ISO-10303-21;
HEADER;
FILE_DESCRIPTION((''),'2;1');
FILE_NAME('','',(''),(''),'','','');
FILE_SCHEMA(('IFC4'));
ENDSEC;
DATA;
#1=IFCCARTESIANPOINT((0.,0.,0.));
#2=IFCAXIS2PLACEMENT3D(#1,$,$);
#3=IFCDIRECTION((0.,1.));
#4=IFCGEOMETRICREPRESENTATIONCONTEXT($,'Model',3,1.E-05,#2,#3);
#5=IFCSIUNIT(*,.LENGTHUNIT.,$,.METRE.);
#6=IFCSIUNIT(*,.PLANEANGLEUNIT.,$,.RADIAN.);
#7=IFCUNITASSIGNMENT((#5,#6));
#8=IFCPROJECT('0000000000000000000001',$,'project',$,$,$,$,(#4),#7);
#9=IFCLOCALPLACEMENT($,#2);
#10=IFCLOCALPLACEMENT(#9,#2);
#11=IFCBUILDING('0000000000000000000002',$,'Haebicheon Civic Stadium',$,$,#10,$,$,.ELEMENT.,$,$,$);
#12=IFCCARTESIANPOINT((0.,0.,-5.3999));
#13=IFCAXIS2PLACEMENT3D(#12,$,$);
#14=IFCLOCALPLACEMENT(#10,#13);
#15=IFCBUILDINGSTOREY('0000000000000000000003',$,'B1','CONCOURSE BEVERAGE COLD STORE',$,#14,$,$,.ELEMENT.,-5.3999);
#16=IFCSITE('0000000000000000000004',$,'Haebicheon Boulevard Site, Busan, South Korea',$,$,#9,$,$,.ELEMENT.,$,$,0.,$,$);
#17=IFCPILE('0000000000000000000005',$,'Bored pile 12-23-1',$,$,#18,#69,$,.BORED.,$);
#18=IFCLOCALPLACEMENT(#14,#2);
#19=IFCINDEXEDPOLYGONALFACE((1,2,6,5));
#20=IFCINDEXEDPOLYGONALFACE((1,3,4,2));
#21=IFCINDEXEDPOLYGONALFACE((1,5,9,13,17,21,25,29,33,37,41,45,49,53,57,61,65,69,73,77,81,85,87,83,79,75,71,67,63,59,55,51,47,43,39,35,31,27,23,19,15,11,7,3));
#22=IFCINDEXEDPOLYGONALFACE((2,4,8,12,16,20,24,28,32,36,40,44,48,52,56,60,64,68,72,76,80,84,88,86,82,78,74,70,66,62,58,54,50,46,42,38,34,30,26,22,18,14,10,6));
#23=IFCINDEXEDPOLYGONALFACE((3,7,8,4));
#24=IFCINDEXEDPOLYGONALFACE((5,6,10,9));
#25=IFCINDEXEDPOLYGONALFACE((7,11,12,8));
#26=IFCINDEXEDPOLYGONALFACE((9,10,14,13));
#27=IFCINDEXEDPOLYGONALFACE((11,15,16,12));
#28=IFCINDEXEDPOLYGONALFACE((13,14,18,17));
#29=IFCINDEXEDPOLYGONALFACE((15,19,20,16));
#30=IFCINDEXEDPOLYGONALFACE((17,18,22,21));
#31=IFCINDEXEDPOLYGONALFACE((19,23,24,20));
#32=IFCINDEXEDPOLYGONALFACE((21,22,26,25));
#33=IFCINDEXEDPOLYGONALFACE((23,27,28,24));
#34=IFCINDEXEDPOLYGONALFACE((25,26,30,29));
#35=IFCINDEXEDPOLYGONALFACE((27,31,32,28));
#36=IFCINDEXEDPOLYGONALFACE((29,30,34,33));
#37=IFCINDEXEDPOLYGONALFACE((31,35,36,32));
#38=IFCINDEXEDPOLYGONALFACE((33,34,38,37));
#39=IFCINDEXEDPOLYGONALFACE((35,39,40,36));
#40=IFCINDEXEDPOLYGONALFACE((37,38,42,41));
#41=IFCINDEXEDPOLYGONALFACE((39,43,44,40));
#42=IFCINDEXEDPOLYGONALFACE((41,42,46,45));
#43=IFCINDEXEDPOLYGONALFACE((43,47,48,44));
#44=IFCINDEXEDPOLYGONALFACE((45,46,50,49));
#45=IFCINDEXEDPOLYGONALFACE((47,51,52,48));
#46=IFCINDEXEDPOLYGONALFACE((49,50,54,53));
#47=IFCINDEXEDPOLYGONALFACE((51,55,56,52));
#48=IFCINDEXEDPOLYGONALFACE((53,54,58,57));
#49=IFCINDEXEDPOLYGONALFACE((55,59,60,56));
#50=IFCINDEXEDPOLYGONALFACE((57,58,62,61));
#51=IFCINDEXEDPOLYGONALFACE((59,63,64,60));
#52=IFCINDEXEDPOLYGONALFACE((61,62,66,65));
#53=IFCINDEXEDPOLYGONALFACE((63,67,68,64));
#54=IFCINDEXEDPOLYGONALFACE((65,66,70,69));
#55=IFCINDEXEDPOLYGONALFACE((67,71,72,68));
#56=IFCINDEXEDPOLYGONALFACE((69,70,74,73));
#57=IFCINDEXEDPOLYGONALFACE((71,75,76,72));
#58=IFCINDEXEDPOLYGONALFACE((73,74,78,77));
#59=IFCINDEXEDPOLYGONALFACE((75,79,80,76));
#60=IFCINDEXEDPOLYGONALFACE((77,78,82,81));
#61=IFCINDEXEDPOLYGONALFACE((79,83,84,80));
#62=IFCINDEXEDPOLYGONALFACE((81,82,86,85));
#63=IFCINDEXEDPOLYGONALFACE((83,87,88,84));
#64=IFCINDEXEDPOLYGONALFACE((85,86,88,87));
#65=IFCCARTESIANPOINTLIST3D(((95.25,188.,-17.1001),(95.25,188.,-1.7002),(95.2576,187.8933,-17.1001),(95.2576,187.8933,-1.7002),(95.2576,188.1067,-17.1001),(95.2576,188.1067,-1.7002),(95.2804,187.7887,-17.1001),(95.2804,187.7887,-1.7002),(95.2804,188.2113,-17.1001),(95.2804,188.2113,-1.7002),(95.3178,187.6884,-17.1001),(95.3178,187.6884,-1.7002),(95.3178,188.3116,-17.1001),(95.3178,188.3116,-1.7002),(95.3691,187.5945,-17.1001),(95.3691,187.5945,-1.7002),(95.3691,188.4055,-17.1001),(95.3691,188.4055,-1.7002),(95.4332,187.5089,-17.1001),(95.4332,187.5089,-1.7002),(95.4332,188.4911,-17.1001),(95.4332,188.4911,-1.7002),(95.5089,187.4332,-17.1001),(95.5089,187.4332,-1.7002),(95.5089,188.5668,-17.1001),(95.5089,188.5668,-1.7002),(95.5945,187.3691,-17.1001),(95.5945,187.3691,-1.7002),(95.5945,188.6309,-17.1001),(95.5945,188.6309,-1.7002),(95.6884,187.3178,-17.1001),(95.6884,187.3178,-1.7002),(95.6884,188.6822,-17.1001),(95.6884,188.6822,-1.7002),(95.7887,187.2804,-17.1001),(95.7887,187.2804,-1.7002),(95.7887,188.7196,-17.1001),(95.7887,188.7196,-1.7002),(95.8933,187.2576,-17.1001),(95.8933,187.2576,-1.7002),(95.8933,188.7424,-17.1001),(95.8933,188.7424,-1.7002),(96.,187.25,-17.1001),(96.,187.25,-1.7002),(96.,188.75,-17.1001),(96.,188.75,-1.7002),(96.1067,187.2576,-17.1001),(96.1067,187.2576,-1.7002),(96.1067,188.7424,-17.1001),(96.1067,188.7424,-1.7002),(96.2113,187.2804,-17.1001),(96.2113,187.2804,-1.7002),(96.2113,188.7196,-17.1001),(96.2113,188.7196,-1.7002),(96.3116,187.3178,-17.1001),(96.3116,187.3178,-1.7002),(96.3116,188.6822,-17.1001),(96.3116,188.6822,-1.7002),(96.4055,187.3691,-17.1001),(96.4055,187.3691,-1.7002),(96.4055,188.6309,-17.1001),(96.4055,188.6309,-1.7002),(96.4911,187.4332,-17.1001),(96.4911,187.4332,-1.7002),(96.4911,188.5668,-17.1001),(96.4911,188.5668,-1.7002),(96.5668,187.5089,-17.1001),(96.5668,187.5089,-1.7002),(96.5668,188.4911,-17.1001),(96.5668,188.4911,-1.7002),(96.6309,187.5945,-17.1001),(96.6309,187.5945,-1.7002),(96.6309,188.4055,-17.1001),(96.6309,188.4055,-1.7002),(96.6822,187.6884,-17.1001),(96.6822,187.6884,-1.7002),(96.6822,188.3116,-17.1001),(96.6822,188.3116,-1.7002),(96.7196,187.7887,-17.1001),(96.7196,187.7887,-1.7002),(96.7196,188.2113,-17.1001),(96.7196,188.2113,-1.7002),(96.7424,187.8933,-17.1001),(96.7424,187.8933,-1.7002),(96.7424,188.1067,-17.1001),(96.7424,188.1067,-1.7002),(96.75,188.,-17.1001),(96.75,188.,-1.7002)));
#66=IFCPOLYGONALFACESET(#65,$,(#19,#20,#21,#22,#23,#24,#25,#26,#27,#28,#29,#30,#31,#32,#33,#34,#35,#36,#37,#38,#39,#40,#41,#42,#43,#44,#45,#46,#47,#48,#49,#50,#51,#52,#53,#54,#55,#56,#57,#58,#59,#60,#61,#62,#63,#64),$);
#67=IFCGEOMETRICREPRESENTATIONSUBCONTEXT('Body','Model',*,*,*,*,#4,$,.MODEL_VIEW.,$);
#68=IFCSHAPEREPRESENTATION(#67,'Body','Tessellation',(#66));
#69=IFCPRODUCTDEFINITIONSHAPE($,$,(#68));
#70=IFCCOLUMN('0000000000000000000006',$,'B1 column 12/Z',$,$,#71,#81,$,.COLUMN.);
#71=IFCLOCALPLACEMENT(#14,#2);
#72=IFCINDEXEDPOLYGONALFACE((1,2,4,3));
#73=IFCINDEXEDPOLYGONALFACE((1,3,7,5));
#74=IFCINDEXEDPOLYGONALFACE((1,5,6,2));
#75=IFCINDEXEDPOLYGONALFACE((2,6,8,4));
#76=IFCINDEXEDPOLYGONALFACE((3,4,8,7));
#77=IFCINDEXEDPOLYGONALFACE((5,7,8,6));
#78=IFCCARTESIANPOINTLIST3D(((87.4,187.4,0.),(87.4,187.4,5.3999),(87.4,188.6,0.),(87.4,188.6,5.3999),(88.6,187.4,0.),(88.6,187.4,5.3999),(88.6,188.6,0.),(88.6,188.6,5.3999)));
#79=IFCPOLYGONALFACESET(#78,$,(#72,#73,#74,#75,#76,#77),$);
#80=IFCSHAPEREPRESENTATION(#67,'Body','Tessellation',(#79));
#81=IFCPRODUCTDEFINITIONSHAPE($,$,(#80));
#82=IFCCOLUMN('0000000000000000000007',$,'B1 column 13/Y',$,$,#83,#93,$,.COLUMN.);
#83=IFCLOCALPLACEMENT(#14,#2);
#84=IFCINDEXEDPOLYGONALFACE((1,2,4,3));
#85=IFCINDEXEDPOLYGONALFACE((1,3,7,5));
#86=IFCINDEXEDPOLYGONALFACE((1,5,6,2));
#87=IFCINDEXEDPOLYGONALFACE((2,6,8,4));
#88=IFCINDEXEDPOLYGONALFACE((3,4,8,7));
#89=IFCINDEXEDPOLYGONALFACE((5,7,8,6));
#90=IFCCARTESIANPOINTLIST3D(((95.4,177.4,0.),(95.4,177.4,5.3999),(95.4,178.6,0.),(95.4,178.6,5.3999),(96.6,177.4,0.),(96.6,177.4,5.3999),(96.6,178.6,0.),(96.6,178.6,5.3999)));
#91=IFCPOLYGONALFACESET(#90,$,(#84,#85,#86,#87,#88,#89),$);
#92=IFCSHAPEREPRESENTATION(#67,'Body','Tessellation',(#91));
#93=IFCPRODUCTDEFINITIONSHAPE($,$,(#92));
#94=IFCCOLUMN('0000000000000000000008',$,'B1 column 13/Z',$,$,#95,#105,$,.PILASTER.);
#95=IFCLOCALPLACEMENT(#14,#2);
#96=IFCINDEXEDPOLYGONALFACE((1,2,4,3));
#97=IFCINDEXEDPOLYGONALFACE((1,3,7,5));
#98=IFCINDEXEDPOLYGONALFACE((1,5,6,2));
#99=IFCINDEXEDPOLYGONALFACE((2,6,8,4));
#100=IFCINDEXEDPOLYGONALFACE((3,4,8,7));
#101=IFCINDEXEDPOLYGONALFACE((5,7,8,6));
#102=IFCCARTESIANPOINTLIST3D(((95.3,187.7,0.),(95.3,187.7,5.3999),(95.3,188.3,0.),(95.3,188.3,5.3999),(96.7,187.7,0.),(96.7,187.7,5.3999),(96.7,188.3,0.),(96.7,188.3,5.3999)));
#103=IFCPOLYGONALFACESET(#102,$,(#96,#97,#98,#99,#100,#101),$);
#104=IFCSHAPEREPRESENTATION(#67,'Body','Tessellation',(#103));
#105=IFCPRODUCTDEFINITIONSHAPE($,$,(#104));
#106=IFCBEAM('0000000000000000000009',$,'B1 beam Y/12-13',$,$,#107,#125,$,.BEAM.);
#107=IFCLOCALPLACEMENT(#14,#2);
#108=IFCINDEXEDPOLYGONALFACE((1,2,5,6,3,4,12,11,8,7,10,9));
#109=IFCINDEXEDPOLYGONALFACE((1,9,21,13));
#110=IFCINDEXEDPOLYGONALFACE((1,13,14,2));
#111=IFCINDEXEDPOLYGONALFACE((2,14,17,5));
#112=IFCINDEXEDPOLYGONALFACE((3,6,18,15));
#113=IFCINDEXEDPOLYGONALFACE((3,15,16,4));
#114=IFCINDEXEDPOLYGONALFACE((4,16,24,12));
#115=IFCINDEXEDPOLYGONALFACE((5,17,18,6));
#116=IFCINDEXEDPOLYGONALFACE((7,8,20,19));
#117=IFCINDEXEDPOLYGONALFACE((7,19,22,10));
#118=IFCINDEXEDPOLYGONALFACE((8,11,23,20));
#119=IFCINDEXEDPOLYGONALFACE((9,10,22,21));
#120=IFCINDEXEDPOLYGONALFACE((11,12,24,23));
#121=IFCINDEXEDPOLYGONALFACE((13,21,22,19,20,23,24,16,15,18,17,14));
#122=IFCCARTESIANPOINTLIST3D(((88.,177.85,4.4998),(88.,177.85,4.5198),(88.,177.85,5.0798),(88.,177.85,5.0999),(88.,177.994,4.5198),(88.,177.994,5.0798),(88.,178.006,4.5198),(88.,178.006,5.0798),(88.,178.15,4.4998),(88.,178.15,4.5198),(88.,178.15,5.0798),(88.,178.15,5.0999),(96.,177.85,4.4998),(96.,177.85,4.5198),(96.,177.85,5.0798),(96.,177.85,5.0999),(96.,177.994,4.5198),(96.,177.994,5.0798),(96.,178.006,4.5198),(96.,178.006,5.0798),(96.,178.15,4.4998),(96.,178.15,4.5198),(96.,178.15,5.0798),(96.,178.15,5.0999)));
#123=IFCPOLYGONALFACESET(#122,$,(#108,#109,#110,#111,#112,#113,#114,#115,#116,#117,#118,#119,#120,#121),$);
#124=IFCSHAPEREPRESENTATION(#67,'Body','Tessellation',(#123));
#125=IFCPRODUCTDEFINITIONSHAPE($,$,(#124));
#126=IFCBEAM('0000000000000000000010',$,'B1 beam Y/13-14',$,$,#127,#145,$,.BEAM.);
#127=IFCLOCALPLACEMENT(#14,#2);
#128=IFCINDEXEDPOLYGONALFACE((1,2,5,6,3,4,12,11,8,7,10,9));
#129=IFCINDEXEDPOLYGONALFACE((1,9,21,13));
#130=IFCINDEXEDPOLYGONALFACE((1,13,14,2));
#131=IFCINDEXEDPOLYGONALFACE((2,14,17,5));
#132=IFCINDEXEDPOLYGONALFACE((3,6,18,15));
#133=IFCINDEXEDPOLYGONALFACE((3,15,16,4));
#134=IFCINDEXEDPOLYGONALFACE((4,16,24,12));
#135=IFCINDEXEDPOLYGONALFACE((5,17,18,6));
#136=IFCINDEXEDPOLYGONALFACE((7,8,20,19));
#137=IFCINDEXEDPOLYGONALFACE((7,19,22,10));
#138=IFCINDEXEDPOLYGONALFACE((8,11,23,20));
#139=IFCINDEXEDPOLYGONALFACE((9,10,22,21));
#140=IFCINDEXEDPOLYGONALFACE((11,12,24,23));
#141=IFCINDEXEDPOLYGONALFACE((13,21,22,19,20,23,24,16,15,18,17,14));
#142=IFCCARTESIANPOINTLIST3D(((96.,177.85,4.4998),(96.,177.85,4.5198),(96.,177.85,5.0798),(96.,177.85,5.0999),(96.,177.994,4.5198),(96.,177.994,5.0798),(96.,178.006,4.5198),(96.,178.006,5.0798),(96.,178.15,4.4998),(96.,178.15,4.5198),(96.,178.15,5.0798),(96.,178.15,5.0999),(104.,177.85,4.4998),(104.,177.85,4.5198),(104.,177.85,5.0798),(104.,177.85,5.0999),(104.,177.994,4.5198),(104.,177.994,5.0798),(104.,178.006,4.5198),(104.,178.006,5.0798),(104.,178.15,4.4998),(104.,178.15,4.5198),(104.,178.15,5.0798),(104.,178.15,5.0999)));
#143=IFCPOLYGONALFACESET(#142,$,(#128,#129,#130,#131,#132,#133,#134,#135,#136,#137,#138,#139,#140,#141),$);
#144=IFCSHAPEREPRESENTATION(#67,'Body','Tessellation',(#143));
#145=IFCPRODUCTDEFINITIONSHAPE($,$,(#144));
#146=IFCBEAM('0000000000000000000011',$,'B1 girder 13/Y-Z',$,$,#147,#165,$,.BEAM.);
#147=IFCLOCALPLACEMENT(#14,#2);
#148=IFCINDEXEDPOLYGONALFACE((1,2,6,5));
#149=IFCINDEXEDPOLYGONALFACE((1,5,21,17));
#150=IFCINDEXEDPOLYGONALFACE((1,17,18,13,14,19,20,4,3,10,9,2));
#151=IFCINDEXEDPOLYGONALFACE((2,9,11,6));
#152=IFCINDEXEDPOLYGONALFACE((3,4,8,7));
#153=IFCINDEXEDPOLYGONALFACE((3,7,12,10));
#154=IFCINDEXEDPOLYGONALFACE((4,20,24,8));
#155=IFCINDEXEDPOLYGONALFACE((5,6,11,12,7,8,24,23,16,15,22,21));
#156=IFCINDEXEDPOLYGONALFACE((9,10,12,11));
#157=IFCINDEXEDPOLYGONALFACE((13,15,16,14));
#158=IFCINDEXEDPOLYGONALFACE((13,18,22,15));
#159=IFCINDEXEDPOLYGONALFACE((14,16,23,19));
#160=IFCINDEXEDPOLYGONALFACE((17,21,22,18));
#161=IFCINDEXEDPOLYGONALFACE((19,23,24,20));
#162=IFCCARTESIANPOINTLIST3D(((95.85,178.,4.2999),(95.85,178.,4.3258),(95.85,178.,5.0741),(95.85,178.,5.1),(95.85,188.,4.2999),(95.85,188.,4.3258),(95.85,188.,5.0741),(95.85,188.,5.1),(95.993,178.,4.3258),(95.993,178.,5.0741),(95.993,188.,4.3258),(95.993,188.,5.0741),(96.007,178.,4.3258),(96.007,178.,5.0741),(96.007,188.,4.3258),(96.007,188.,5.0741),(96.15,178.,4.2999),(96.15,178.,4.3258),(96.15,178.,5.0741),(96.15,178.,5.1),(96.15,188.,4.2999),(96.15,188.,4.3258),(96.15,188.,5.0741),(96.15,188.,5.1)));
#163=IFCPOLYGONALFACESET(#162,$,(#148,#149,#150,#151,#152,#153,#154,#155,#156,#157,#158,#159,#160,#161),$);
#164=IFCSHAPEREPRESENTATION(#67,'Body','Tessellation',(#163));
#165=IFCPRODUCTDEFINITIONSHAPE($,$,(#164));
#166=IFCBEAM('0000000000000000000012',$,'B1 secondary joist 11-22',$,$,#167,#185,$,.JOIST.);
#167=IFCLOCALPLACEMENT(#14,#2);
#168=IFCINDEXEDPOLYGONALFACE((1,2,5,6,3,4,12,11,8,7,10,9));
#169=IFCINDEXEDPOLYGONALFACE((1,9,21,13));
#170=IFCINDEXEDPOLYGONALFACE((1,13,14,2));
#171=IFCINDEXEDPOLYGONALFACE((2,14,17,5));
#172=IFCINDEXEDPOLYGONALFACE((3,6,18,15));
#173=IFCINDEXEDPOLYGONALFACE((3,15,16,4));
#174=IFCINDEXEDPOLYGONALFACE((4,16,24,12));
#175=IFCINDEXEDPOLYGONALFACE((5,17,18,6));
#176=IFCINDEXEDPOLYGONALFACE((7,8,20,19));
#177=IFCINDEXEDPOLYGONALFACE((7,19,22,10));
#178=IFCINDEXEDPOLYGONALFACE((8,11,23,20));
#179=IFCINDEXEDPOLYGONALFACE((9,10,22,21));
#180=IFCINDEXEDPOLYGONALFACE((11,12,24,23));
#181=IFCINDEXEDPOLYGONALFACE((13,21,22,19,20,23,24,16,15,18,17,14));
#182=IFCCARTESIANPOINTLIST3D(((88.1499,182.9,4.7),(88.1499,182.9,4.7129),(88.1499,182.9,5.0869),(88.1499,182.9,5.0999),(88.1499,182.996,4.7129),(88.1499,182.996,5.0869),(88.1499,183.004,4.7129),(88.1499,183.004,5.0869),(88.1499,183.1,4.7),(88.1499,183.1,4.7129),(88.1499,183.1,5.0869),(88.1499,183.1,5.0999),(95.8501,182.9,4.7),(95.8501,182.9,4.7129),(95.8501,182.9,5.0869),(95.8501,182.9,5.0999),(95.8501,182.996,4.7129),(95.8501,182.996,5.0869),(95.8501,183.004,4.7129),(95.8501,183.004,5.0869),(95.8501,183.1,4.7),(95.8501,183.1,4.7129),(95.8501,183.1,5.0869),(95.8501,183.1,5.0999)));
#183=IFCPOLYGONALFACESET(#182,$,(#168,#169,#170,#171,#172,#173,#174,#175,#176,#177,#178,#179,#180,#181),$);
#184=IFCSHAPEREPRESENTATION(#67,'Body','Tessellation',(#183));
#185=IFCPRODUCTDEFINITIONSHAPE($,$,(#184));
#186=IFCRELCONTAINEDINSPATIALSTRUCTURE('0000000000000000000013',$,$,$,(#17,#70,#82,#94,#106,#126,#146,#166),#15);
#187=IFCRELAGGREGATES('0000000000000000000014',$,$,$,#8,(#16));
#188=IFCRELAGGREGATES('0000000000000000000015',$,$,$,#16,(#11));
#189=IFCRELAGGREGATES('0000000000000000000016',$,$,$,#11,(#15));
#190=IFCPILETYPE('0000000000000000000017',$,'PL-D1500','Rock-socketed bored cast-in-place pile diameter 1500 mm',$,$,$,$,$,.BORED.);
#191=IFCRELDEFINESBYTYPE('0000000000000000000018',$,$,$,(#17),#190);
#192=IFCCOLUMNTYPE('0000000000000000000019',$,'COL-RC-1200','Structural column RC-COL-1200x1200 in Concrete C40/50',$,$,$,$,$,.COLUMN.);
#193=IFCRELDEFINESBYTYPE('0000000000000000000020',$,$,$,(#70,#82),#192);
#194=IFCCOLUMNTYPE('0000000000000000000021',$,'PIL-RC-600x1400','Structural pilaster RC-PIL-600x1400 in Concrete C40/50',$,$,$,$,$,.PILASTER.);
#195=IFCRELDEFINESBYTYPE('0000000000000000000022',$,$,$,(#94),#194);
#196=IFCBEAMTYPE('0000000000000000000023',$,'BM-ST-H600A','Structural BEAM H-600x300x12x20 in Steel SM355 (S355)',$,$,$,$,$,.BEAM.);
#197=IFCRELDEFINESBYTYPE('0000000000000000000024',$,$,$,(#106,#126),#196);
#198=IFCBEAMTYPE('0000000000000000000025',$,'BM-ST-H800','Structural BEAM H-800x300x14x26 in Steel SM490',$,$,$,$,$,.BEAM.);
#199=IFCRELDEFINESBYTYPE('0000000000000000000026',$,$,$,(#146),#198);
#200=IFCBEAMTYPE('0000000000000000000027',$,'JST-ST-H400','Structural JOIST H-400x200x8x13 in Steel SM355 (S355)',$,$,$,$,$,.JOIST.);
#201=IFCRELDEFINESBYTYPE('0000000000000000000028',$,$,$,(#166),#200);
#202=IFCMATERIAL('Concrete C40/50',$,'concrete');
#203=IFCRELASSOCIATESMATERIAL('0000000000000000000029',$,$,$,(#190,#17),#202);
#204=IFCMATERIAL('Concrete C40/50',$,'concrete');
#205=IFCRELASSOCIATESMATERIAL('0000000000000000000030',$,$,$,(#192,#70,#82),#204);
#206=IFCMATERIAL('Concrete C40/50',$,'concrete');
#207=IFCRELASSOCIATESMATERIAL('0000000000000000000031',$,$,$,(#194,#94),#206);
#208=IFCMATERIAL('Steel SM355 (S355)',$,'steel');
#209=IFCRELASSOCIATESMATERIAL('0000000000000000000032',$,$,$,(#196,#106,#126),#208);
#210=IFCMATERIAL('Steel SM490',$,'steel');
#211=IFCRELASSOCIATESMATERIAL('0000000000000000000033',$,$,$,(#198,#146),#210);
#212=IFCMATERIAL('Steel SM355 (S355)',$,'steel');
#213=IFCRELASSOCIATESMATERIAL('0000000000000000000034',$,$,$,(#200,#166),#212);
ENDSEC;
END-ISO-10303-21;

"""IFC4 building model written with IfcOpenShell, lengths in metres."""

from ifc_helpers import new_model, si_unit, direction, frame, origin, origin_2d, place, context, subcontext, project, spatial, rectangle, circle, i_section, extrude, material, material_profile, profile_set, type_object, element, save


model = new_model("IFC4")

# Units and contexts
model_context = context("Model", 3, precision=1e-05, world=origin(), true_north=direction((0.0, 1.0)))
body_context = subcontext(model_context, "Body", "Model", "MODEL_VIEW")
ifc_project = project(units=[si_unit("LENGTHUNIT", "METRE"), si_unit("PLANEANGLEUNIT", "RADIAN")], contexts=[model_context])

# Site, building, storey
site_placement = place(None, origin())
site = spatial("IfcSite", under=ifc_project, at=site_placement, Name="Haebicheon Boulevard Site, Busan, South Korea", CompositionType="ELEMENT", RefElevation=0.0)
building_placement = place(site_placement, origin())
building = spatial("IfcBuilding", under=site, at=building_placement, Name="Haebicheon Civic Stadium", CompositionType="ELEMENT")
storey_placement = place(building_placement, frame((0.0, 0.0, -5.3999)))
storey = spatial("IfcBuildingStorey", under=building, at=storey_placement, Name="B1", Description="CONCOURSE BEVERAGE COLD STORE", CompositionType="ELEMENT", Elevation=-5.3999)

# Pile
ifc_material_1 = material(Name="Concrete C40/50", Category="concrete")
ifc_material_profile_1 = material_profile(ifc_material_1, circle(Radius=0.75, at=origin_2d()), Name="PILE-D1500")
ifc_profile_set_1 = profile_set([ifc_material_profile_1], Name="Concrete C40/50")
pile_type = type_object("IfcPileType", Name="PL-D1500", Description="Rock-socketed bored cast-in-place pile diameter 1500 mm", PredefinedType="BORED", material=ifc_profile_set_1)
pile_placement = place(storey_placement, frame((96.0, 188.0, -1.7002), z_axis=(0.0, 0.0, -1.0), x_axis=(1.0, 0.0, 0.0)))
element("IfcPile", 1, at=pile_placement, inside=storey, type_object=pile_type, material=ifc_profile_set_1, Name="Bored pile 12-23-1", PredefinedType="BORED", context=body_context, shape_type="SweptSolid", body=[
    extrude(circle(Radius=0.75, at=origin_2d()), origin(), (0.0, 0.0, 1.0), 15.3999),
])

# Columns
ifc_material_2 = material(Name="Concrete C40/50", Category="concrete")
ifc_material_profile_2 = material_profile(ifc_material_2, rectangle(XDim=1.2, YDim=1.2, at=origin_2d()), Name="RC-COL-1200x1200")
ifc_profile_set_2 = profile_set([ifc_material_profile_2], Name="Concrete C40/50")
column_type_1 = type_object("IfcColumnType", Name="COL-RC-1200", Description="Structural column RC-COL-1200x1200 in Concrete C40/50", PredefinedType="COLUMN", material=ifc_profile_set_2)
for number, where, z_axis, x_axis, name in (
    (2, (88.0, 188.0, 0.0), (0.0, 0.0, 1.0), (1.0, 0.0, 0.0), "B1 column 12/Z"),
    (3, (96.0, 178.0, 0.0), (0.0, 0.0, 1.0), (1.0, 0.0, 0.0), "B1 column 13/Y"),
):
    element("IfcColumn", number, at=place(storey_placement, frame(where, z_axis=z_axis, x_axis=x_axis)), inside=storey, type_object=column_type_1, material=ifc_profile_set_2, Name=name, PredefinedType="COLUMN", context=body_context, shape_type="SweptSolid", body=[
        extrude(rectangle(XDim=1.2, YDim=1.2, at=origin_2d()), origin(), (0.0, 0.0, 1.0), 5.3999),
    ])
ifc_material_3 = material(Name="Concrete C40/50", Category="concrete")
ifc_material_profile_3 = material_profile(ifc_material_3, rectangle(XDim=0.6001, YDim=1.3999, at=origin_2d()), Name="RC-PIL-600x1400")
ifc_profile_set_3 = profile_set([ifc_material_profile_3], Name="Concrete C40/50")
column_type_2 = type_object("IfcColumnType", Name="PIL-RC-600x1400", Description="Structural pilaster RC-PIL-600x1400 in Concrete C40/50", PredefinedType="PILASTER", material=ifc_profile_set_3)
column_placement = place(storey_placement, frame((96.0, 188.0, 0.0), z_axis=(0.0, 0.0, 1.0), x_axis=(0.0, 1.0, 0.0)))
element("IfcColumn", 4, at=column_placement, inside=storey, type_object=column_type_2, material=ifc_profile_set_3, Name="B1 column 13/Z", PredefinedType="PILASTER", context=body_context, shape_type="SweptSolid", body=[
    extrude(rectangle(XDim=0.6001, YDim=1.3999, at=origin_2d()), origin(), (0.0, 0.0, 1.0), 5.3999),
])

# Beams
ifc_material_4 = material(Name="Steel SM355 (S355)", Category="steel")
ifc_material_profile_4 = material_profile(ifc_material_4, i_section(OverallWidth=0.3, OverallDepth=0.6001, WebThickness=0.012, FlangeThickness=0.02, at=origin_2d()), Name="H-600x300x12x20")
ifc_profile_set_4 = profile_set([ifc_material_profile_4], Name="Steel SM355 (S355)")
beam_type_1 = type_object("IfcBeamType", Name="BM-ST-H600A", Description="Structural BEAM H-600x300x12x20 in Steel SM355 (S355)", PredefinedType="BEAM", material=ifc_profile_set_4)
for number, where, z_axis, x_axis, name in (
    (5, (88.0, 178.0, 4.7998), (1.0, 0.0, 0.0), (0.0, 1.0, 0.0), "B1 beam Y/12-13"),
    (6, (96.0, 178.0, 4.7998), (1.0, 0.0, 0.0), (0.0, 1.0, 0.0), "B1 beam Y/13-14"),
):
    element("IfcBeam", number, at=place(storey_placement, frame(where, z_axis=z_axis, x_axis=x_axis)), inside=storey, type_object=beam_type_1, material=ifc_profile_set_4, Name=name, PredefinedType="BEAM", context=body_context, shape_type="SweptSolid", body=[
        extrude(i_section(OverallWidth=0.3, OverallDepth=0.6001, WebThickness=0.012, FlangeThickness=0.02, at=origin_2d()), origin(), (0.0, 0.0, 1.0), 8.0),
    ])
ifc_material_5 = material(Name="Steel SM490", Category="steel")
ifc_material_profile_5 = material_profile(ifc_material_5, i_section(OverallWidth=0.3, OverallDepth=0.8, WebThickness=0.0139, FlangeThickness=0.0259, at=origin_2d()), Name="H-800x300x14x26")
ifc_profile_set_5 = profile_set([ifc_material_profile_5], Name="Steel SM490")
beam_type_2 = type_object("IfcBeamType", Name="BM-ST-H800", Description="Structural BEAM H-800x300x14x26 in Steel SM490", PredefinedType="BEAM", material=ifc_profile_set_5)
beam_placement = place(storey_placement, frame((96.0, 178.0, 4.7), z_axis=(0.0, 1.0, 0.0), x_axis=(-1.0, 0.0, 0.0)))
element("IfcBeam", 7, at=beam_placement, inside=storey, type_object=beam_type_2, material=ifc_profile_set_5, Name="B1 girder 13/Y-Z", PredefinedType="BEAM", context=body_context, shape_type="SweptSolid", body=[
    extrude(i_section(OverallWidth=0.3, OverallDepth=0.8, WebThickness=0.0139, FlangeThickness=0.0259, at=origin_2d()), origin(), (0.0, 0.0, 1.0), 10.0),
])
ifc_material_6 = material(Name="Steel SM355 (S355)", Category="steel")
ifc_material_profile_6 = material_profile(ifc_material_6, i_section(OverallWidth=0.2, OverallDepth=0.3999, WebThickness=0.0081, FlangeThickness=0.0129, at=origin_2d()), Name="H-400x200x8x13")
ifc_profile_set_6 = profile_set([ifc_material_profile_6], Name="Steel SM355 (S355)")
beam_type_3 = type_object("IfcBeamType", Name="JST-ST-H400", Description="Structural JOIST H-400x200x8x13 in Steel SM355 (S355)", PredefinedType="JOIST", material=ifc_profile_set_6)
for number, where, z_axis, x_axis, name in (
    (8, (88.1499, 183.0, 4.8999), (1.0, 0.0, 0.0), (0.0, 1.0, 0.0), "B1 secondary joist 11-22"),
):
    element("IfcBeam", number, at=place(storey_placement, frame(where, z_axis=z_axis, x_axis=x_axis)), inside=storey, type_object=beam_type_3, material=ifc_profile_set_6, Name=name, PredefinedType="JOIST", context=body_context, shape_type="SweptSolid", body=[
        extrude(i_section(OverallWidth=0.2, OverallDepth=0.3999, WebThickness=0.0081, FlangeThickness=0.0129, at=origin_2d()), origin(), (0.0, 0.0, 1.0), 7.7002),
    ])

save(model, "model.ifc")
